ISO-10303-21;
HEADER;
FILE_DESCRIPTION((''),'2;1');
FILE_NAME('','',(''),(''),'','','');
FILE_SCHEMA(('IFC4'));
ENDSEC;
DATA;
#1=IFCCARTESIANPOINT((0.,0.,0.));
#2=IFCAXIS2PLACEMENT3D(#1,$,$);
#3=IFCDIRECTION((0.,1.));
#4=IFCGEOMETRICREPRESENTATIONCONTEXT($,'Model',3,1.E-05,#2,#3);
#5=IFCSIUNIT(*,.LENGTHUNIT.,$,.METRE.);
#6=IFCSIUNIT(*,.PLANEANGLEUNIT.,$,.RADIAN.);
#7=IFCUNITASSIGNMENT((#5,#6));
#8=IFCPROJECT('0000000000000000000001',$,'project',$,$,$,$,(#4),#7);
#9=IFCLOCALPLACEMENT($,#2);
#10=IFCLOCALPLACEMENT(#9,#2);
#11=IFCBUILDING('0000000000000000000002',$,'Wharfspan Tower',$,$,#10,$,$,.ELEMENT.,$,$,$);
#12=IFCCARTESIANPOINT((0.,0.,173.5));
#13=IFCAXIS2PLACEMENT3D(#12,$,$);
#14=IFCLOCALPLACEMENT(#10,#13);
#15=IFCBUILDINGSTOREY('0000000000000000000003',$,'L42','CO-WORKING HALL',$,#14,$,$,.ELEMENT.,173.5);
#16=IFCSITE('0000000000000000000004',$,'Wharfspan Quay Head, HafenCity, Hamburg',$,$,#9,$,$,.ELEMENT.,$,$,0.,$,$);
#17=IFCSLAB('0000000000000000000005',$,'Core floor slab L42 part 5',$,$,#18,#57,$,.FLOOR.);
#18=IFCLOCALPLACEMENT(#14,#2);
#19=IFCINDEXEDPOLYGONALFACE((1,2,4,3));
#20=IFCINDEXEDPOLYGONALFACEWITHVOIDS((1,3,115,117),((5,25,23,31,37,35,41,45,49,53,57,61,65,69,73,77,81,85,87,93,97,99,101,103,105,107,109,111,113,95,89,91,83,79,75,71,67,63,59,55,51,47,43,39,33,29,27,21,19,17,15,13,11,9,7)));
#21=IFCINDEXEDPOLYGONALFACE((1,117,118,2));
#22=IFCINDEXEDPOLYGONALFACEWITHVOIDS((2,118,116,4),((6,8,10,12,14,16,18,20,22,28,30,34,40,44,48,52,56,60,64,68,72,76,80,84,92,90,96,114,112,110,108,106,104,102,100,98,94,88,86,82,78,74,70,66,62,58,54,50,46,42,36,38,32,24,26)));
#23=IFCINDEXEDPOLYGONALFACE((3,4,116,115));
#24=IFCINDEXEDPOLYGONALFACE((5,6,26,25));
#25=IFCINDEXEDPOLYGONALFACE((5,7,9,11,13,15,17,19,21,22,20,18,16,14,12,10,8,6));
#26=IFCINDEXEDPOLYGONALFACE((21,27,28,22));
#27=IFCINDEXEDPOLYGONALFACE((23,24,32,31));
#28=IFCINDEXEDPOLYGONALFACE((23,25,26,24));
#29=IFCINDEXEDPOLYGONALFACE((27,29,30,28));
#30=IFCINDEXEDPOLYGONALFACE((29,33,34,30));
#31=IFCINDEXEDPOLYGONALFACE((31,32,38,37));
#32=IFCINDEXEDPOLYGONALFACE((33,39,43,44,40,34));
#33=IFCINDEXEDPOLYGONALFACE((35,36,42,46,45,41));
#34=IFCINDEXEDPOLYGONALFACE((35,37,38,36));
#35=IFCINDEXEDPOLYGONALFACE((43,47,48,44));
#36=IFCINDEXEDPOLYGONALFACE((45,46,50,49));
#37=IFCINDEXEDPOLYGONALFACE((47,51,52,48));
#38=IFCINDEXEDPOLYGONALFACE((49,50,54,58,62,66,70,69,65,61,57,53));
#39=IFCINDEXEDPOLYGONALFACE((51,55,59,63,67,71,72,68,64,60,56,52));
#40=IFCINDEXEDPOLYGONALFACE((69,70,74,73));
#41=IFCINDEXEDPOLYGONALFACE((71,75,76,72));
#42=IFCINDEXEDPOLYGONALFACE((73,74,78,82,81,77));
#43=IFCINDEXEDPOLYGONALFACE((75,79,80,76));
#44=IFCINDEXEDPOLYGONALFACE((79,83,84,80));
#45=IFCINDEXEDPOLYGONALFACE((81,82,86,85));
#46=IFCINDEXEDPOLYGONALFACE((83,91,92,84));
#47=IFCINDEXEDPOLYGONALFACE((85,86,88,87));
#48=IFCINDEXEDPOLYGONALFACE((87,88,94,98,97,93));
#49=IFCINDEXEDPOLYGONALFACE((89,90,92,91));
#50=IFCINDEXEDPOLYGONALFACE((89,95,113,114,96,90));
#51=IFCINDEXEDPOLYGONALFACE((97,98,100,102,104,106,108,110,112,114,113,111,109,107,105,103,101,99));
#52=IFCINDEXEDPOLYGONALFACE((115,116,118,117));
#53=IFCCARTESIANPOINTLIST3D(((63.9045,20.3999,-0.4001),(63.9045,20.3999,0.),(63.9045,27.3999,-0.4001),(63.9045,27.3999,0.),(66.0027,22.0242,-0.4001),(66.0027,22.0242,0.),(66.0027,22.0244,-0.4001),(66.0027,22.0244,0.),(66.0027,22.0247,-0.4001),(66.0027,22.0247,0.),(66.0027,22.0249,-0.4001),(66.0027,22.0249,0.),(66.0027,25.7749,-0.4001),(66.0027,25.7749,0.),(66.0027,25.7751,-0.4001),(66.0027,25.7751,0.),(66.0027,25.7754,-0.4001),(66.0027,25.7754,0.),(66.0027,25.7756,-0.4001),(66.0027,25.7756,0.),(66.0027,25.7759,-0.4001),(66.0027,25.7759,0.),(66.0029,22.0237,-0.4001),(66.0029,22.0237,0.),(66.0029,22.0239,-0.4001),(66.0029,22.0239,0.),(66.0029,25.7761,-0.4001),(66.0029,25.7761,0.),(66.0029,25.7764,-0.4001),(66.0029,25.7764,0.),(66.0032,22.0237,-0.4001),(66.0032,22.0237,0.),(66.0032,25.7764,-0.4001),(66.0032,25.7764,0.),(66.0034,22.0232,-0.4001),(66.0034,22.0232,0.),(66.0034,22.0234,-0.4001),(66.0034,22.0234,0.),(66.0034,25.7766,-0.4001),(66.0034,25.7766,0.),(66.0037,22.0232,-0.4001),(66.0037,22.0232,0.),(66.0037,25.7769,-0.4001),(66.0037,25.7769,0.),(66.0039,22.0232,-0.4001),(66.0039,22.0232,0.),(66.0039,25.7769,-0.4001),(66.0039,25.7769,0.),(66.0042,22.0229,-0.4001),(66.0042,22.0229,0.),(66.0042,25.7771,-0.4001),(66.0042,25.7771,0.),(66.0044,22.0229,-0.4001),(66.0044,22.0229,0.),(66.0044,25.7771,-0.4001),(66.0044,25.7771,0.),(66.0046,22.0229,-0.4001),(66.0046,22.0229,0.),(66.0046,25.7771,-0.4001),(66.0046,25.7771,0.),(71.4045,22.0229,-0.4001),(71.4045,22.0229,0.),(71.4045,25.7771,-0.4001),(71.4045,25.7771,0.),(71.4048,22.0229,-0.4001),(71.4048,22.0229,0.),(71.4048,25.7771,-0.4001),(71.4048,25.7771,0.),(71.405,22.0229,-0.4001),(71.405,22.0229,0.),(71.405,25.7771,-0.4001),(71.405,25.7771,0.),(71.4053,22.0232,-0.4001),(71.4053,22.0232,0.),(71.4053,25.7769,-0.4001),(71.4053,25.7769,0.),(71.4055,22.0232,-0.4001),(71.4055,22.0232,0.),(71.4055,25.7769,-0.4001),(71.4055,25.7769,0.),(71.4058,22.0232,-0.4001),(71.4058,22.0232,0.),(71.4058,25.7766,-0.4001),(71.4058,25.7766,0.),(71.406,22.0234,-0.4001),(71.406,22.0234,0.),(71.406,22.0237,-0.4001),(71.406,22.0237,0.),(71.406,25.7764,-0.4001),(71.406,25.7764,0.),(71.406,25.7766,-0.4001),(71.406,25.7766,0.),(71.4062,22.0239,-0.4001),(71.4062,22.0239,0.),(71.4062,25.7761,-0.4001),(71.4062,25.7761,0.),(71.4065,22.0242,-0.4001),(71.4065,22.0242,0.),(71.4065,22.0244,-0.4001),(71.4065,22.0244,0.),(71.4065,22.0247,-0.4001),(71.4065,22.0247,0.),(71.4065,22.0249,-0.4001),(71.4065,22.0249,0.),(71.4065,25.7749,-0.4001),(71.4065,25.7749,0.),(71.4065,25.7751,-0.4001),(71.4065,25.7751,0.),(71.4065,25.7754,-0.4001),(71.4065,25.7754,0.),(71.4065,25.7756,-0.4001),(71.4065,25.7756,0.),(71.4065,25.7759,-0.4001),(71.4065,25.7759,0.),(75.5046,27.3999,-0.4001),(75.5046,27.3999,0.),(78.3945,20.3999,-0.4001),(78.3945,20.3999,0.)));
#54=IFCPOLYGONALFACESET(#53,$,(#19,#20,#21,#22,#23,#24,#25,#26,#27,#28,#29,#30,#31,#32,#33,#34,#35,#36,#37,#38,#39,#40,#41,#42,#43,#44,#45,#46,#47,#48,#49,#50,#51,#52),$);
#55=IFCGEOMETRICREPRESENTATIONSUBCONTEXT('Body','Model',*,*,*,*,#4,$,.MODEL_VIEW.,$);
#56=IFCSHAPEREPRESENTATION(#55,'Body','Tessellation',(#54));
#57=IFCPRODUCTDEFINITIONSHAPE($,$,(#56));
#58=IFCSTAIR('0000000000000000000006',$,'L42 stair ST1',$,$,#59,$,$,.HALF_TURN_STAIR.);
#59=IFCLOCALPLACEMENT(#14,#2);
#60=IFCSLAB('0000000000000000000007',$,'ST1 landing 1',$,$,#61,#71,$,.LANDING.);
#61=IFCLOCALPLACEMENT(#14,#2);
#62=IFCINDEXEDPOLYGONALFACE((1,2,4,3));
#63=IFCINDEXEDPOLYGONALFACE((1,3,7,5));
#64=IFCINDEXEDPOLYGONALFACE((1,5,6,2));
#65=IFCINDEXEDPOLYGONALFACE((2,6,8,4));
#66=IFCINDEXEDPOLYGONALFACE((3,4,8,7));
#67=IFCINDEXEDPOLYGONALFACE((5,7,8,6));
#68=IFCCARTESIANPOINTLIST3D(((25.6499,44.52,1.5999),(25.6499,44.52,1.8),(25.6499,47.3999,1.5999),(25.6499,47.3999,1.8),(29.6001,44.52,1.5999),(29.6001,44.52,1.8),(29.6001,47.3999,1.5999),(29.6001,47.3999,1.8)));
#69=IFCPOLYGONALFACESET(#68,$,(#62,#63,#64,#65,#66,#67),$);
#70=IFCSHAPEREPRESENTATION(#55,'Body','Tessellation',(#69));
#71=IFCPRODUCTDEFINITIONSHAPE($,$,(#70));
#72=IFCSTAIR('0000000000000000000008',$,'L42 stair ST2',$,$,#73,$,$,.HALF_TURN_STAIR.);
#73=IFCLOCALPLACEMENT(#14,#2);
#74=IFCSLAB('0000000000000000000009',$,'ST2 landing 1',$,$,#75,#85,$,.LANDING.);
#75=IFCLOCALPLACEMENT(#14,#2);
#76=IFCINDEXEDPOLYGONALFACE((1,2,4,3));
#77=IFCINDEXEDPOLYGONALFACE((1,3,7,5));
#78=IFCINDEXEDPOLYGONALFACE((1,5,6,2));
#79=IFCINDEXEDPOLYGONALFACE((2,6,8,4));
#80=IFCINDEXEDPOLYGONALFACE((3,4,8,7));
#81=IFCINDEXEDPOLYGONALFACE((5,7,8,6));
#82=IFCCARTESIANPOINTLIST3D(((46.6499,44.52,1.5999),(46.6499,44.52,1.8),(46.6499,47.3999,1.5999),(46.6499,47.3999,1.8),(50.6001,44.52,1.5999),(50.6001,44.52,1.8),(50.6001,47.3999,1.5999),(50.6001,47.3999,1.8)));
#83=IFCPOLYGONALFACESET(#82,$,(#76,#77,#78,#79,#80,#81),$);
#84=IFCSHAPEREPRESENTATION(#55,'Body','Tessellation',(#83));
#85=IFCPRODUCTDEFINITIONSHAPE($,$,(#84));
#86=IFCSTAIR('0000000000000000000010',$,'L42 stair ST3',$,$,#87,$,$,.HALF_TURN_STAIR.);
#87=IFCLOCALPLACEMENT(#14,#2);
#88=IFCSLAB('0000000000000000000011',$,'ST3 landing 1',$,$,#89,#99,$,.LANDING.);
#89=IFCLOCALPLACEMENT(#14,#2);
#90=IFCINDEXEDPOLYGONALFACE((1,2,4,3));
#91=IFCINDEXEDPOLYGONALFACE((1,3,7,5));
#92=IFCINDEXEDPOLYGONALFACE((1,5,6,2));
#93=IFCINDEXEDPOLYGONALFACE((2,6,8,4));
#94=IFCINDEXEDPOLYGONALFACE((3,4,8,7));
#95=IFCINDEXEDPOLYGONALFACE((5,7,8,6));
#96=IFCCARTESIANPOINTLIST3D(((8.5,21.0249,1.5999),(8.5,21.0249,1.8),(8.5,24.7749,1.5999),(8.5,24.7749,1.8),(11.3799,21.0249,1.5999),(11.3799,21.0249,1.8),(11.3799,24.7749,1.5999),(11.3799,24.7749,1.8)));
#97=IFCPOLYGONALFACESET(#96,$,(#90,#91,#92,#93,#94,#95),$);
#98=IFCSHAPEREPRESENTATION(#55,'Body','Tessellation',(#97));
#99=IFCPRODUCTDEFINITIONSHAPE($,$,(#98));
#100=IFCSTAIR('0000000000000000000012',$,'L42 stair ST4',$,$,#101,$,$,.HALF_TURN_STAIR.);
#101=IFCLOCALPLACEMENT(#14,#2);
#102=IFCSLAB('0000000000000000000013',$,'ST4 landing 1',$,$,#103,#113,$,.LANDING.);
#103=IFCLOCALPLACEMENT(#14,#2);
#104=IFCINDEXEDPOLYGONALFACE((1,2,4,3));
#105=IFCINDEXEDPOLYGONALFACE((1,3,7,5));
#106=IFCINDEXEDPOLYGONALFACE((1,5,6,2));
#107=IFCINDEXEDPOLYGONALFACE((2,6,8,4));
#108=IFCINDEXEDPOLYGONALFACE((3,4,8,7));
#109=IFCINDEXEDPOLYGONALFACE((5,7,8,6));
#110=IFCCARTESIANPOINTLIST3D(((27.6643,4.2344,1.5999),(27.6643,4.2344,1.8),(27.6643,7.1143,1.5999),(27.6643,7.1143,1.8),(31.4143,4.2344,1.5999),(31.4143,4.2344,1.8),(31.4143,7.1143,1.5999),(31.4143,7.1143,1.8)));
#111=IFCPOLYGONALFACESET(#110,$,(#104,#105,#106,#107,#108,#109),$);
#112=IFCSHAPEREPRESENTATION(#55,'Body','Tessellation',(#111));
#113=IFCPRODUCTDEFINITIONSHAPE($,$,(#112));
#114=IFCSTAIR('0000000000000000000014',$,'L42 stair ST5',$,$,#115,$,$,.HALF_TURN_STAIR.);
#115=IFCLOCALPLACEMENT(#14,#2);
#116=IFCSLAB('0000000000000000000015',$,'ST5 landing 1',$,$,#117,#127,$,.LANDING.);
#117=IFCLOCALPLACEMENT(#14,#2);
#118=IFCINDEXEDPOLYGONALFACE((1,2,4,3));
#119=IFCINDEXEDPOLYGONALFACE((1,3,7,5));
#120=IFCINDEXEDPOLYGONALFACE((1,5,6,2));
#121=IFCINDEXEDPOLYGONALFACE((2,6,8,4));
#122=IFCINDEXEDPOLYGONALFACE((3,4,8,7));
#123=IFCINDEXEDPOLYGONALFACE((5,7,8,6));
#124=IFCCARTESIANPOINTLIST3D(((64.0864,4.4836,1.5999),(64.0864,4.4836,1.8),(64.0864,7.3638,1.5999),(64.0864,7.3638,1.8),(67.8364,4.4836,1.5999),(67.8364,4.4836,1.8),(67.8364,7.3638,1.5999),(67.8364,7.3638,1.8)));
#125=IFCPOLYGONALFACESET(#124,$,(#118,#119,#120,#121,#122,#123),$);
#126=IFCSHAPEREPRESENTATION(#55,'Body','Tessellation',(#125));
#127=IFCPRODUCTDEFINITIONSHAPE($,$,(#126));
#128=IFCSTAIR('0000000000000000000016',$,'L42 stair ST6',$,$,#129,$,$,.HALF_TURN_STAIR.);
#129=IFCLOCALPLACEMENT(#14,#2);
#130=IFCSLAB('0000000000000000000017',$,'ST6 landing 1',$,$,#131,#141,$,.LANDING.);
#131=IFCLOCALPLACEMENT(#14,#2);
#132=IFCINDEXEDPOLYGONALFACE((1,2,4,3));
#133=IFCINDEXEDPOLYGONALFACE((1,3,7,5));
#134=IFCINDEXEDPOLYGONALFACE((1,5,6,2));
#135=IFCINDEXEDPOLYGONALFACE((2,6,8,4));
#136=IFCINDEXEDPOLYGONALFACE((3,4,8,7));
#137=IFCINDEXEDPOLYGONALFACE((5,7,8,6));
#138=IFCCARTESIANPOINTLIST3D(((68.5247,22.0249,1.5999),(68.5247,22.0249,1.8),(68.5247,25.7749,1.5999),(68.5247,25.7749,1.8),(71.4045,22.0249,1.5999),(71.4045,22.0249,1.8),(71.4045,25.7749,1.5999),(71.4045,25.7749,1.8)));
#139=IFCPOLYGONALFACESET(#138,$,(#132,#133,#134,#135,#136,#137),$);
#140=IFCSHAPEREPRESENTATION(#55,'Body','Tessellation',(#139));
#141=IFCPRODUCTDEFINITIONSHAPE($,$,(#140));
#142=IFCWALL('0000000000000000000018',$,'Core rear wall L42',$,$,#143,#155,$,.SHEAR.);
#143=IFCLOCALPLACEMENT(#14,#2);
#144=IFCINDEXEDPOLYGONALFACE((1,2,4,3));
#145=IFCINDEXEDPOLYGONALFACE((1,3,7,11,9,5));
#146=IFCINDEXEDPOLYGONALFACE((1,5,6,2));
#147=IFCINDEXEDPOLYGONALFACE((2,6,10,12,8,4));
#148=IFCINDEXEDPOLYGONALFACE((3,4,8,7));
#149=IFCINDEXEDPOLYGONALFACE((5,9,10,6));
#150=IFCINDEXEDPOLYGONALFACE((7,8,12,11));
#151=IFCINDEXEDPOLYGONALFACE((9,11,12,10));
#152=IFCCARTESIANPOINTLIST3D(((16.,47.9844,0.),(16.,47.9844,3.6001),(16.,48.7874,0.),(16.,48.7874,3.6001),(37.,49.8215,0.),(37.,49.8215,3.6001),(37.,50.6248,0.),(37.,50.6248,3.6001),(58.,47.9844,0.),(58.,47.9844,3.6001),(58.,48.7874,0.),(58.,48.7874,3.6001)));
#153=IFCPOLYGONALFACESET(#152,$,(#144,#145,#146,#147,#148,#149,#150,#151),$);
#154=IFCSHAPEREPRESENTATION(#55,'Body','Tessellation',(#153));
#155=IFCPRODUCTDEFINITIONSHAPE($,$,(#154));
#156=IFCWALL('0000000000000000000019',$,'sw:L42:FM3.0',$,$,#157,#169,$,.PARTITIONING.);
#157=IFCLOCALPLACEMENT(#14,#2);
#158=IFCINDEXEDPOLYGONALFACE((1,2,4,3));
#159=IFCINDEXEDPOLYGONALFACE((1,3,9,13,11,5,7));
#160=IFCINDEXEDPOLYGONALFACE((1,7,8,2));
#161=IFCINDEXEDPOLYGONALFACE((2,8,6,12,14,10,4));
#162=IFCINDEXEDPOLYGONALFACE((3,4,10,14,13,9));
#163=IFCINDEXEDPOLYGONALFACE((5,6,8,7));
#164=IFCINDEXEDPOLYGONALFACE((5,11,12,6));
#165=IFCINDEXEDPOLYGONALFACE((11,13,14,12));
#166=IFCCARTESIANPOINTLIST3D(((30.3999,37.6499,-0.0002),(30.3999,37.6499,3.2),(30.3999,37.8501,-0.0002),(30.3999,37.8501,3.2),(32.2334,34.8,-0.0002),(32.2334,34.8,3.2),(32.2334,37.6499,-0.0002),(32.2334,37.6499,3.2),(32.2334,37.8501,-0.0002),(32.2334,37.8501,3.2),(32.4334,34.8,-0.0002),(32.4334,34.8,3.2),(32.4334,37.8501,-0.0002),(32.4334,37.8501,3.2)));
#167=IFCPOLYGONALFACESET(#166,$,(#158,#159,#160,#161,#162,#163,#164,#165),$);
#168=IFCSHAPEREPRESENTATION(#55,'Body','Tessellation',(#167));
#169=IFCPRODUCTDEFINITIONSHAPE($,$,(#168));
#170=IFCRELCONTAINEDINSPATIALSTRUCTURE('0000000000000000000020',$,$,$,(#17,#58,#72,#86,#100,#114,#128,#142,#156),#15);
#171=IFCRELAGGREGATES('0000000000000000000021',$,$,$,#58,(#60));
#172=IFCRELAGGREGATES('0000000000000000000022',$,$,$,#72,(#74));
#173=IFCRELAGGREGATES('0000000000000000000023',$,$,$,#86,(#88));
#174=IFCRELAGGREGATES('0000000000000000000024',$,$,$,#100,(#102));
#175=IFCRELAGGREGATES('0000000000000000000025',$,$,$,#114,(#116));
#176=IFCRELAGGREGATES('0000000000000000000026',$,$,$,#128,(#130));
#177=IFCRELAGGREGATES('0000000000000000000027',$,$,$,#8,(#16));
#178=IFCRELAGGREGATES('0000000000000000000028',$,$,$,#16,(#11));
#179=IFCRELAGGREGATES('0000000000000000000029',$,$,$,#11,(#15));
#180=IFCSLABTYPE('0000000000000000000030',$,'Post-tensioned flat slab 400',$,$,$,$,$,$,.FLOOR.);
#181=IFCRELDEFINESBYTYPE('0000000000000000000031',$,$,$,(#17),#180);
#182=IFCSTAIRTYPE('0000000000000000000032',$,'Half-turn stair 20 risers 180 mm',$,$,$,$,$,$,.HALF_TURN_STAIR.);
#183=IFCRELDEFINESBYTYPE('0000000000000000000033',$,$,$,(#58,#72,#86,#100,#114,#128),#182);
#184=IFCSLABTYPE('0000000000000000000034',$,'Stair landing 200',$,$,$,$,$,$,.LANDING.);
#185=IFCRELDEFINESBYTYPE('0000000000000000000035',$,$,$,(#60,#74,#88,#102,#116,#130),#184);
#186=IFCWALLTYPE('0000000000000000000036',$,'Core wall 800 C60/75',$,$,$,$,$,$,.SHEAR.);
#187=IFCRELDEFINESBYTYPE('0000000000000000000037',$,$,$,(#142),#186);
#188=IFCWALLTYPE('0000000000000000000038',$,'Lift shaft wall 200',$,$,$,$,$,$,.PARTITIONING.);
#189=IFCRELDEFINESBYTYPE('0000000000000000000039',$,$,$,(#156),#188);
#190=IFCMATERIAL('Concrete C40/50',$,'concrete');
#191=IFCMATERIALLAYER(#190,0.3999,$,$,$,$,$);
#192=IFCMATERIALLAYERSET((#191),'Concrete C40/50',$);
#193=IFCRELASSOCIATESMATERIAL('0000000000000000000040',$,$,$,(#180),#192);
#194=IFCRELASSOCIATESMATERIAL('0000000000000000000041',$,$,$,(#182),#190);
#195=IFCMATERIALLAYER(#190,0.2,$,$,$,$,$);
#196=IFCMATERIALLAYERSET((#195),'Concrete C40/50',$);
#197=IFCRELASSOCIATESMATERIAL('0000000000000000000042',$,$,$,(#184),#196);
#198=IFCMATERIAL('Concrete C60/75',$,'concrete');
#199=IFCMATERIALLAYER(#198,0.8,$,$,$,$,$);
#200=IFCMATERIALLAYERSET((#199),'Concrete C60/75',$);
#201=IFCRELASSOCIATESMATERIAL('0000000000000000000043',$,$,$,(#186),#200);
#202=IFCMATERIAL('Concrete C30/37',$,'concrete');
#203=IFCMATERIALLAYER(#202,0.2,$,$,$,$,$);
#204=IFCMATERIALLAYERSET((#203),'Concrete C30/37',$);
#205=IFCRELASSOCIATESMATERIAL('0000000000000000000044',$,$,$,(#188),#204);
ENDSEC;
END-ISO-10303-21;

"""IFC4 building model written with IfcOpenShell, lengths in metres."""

from ifc_helpers import new_model, si_unit, direction, frame, origin, place, context, subcontext, project, spatial, polyline, outline, extrude, material, layer, layer_set, type_object, element, aggregate, save


model = new_model("IFC4")

# Units and contexts
model_context = context("Model", 3, precision=1e-05, world=origin(), true_north=direction((0.0, 1.0)))
body_context = subcontext(model_context, "Body", "Model", "MODEL_VIEW")
ifc_project = project(units=[si_unit("LENGTHUNIT", "METRE"), si_unit("PLANEANGLEUNIT", "RADIAN")], contexts=[model_context])

# Site, building, storey
site_placement = place(None, origin())
site = spatial("IfcSite", under=ifc_project, at=site_placement, Name="Wharfspan Quay Head, HafenCity, Hamburg", CompositionType="ELEMENT", RefElevation=0.0)
building_placement = place(site_placement, origin())
building = spatial("IfcBuilding", under=site, at=building_placement, Name="Wharfspan Tower", CompositionType="ELEMENT")
storey_placement = place(building_placement, frame((0.0, 0.0, 173.5)))
storey = spatial("IfcBuildingStorey", under=building, at=storey_placement, Name="L42", Description="CO-WORKING HALL", CompositionType="ELEMENT", Elevation=173.5)

# Slab
ifc_material_1 = material(Name="Concrete C40/50", Category="concrete")
ifc_layer_1 = layer(ifc_material_1, 0.3999)
ifc_layer_set_1 = layer_set([ifc_layer_1], Name="Concrete C40/50")
slab_type_1 = type_object("IfcSlabType", Name="Post-tensioned flat slab 400", PredefinedType="FLOOR", material=ifc_layer_set_1)
slab_1_placement = place(storey_placement, frame((0.0, 0.0, -0.4001)))
element("IfcSlab", 1, at=slab_1_placement, inside=storey, type_object=slab_type_1, Name="Core floor slab L42 part 5", PredefinedType="FLOOR", context=body_context, shape_type="SweptSolid", body=[
    extrude(outline(polyline([(78.3945, 20.3999), (75.5046, 27.3999), (63.9045, 27.3999), (63.9045, 20.3999), (78.3945, 20.3999)]), holes=[polyline([(66.0046, 22.0229), (66.0044, 22.0229), (66.0041, 22.0229), (66.0039, 22.0232), (66.0039, 22.0232), (66.0037, 22.0232), (66.0034, 22.0232), (66.0034, 22.0234), (66.0032, 22.0237), (66.0029, 22.0237), (66.0029, 22.0239), (66.0027, 22.0242), (66.0027, 22.0242), (66.0027, 22.0244), (66.0027, 22.0247), (66.0027, 22.0249), (66.0027, 22.0249), (66.0027, 25.7749), (66.0027, 25.7751), (66.0027, 25.7754), (66.0027, 25.7756), (66.0027, 25.7759), (66.0027, 25.7759), (66.0029, 25.7761), (66.0029, 25.7764), (66.0032, 25.7764), (66.0034, 25.7766), (66.0034, 25.7766), (66.0037, 25.7769), (66.0039, 25.7769), (66.0039, 25.7769), (66.0041, 25.7771), (66.0044, 25.7771), (66.0046, 25.7771), (71.4045, 25.7771), (71.4048, 25.7771), (71.405, 25.7771), (71.4053, 25.7769), (71.4055, 25.7769), (71.4055, 25.7769), (71.4058, 25.7766), (71.406, 25.7766), (71.406, 25.7764), (71.406, 25.7764), (71.4062, 25.7761), (71.4065, 25.7759), (71.4065, 25.7759), (71.4065, 25.7756), (71.4065, 25.7754), (71.4065, 25.7751), (71.4065, 25.7749), (71.4065, 22.0249), (71.4065, 22.0249), (71.4065, 22.0247), (71.4065, 22.0244), (71.4065, 22.0242), (71.4065, 22.0242), (71.4062, 22.0239), (71.406, 22.0237), (71.406, 22.0237), (71.406, 22.0234), (71.4058, 22.0232), (71.4055, 22.0232), (71.4055, 22.0232), (71.4053, 22.0232), (71.405, 22.0229), (71.4048, 22.0229), (71.4045, 22.0229), (66.0046, 22.0229)])]), origin(), (0.0, 0.0, 1.0), 0.4001),
])

# Stairs, slabs
stair_type = type_object("IfcStairType", Name="Half-turn stair 20 risers 180 mm", PredefinedType="HALF_TURN_STAIR", material=ifc_material_1)
stair_1_placement = place(storey_placement, origin())
stair_1 = element("IfcStair", 2, at=stair_1_placement, inside=storey, type_object=stair_type, Name="L42 stair ST1", PredefinedType="HALF_TURN_STAIR")
ifc_layer_2 = layer(ifc_material_1, 0.2)
ifc_layer_set_2 = layer_set([ifc_layer_2], Name="Concrete C40/50")
slab_type_2 = type_object("IfcSlabType", Name="Stair landing 200", PredefinedType="LANDING", material=ifc_layer_set_2)
slab_2_placement = place(storey_placement, frame((0.0, 0.0, 1.5999)))
slab_2 = element("IfcSlab", 3, at=slab_2_placement, type_object=slab_type_2, Name="ST1 landing 1", PredefinedType="LANDING", context=body_context, shape_type="SweptSolid", body=[
    extrude(outline(polyline([(25.6499, 44.52), (29.6001, 44.52), (29.6001, 47.3999), (25.6499, 47.3999), (25.6499, 44.52)])), origin(), (0.0, 0.0, 1.0), 0.2002),
])
aggregate(stair_1, [slab_2])
stair_2_placement = place(storey_placement, origin())
stair_2 = element("IfcStair", 4, at=stair_2_placement, inside=storey, type_object=stair_type, Name="L42 stair ST2", PredefinedType="HALF_TURN_STAIR")
slab_3_placement = place(storey_placement, frame((0.0, 0.0, 1.5999)))
slab_3 = element("IfcSlab", 5, at=slab_3_placement, type_object=slab_type_2, Name="ST2 landing 1", PredefinedType="LANDING", context=body_context, shape_type="SweptSolid", body=[
    extrude(outline(polyline([(46.6499, 44.52), (50.6001, 44.52), (50.6001, 47.3999), (46.6499, 47.3999), (46.6499, 44.52)])), origin(), (0.0, 0.0, 1.0), 0.2002),
])
aggregate(stair_2, [slab_3])
stair_3_placement = place(storey_placement, origin())
stair_3 = element("IfcStair", 6, at=stair_3_placement, inside=storey, type_object=stair_type, Name="L42 stair ST3", PredefinedType="HALF_TURN_STAIR")
slab_4_placement = place(storey_placement, frame((0.0, 0.0, 1.5999)))
slab_4 = element("IfcSlab", 7, at=slab_4_placement, type_object=slab_type_2, Name="ST3 landing 1", PredefinedType="LANDING", context=body_context, shape_type="SweptSolid", body=[
    extrude(outline(polyline([(11.3799, 24.7749), (8.5, 24.7749), (8.5, 21.0249), (11.3799, 21.0249), (11.3799, 24.7749)])), origin(), (0.0, 0.0, 1.0), 0.2002),
])
aggregate(stair_3, [slab_4])
stair_4_placement = place(storey_placement, origin())
stair_4 = element("IfcStair", 8, at=stair_4_placement, inside=storey, type_object=stair_type, Name="L42 stair ST4", PredefinedType="HALF_TURN_STAIR")
slab_5_placement = place(storey_placement, frame((0.0, 0.0, 1.5999)))
slab_5 = element("IfcSlab", 9, at=slab_5_placement, type_object=slab_type_2, Name="ST4 landing 1", PredefinedType="LANDING", context=body_context, shape_type="SweptSolid", body=[
    extrude(outline(polyline([(27.6643, 7.1143), (27.6643, 4.2344), (31.4143, 4.2344), (31.4143, 7.1143), (27.6643, 7.1143)])), origin(), (0.0, 0.0, 1.0), 0.2002),
])
aggregate(stair_4, [slab_5])
stair_5_placement = place(storey_placement, origin())
stair_5 = element("IfcStair", 10, at=stair_5_placement, inside=storey, type_object=stair_type, Name="L42 stair ST5", PredefinedType="HALF_TURN_STAIR")
slab_6_placement = place(storey_placement, frame((0.0, 0.0, 1.5999)))
slab_6 = element("IfcSlab", 11, at=slab_6_placement, type_object=slab_type_2, Name="ST5 landing 1", PredefinedType="LANDING", context=body_context, shape_type="SweptSolid", body=[
    extrude(outline(polyline([(64.0864, 7.3638), (64.0864, 4.4836), (67.8364, 4.4836), (67.8364, 7.3638), (64.0864, 7.3638)])), origin(), (0.0, 0.0, 1.0), 0.2002),
])
aggregate(stair_5, [slab_6])
stair_6_placement = place(storey_placement, origin())
stair_6 = element("IfcStair", 12, at=stair_6_placement, inside=storey, type_object=stair_type, Name="L42 stair ST6", PredefinedType="HALF_TURN_STAIR")
slab_7_placement = place(storey_placement, frame((0.0, 0.0, 1.5999)))
slab_7 = element("IfcSlab", 13, at=slab_7_placement, type_object=slab_type_2, Name="ST6 landing 1", PredefinedType="LANDING", context=body_context, shape_type="SweptSolid", body=[
    extrude(outline(polyline([(68.5247, 22.0249), (71.4045, 22.0249), (71.4045, 25.7749), (68.5247, 25.7749), (68.5247, 22.0249)])), origin(), (0.0, 0.0, 1.0), 0.2002),
])
aggregate(stair_6, [slab_7])

# Walls
ifc_material_2 = material(Name="Concrete C60/75", Category="concrete")
ifc_layer_3 = layer(ifc_material_2, 0.8)
ifc_layer_set_3 = layer_set([ifc_layer_3], Name="Concrete C60/75")
wall_type_1 = type_object("IfcWallType", Name="Core wall 800 C60/75", PredefinedType="SHEAR", material=ifc_layer_set_3)
wall_1_placement = place(storey_placement, origin())
element("IfcWall", 14, at=wall_1_placement, inside=storey, type_object=wall_type_1, Name="Core rear wall L42", PredefinedType="SHEAR", context=body_context, shape_type="SweptSolid", body=[
    extrude(outline(polyline([(16.0, 47.9844), (37.0, 49.8215), (58.0, 47.9844), (58.0, 48.7874), (37.0, 50.6248), (16.0, 48.7874), (16.0, 47.9844)])), origin(), (0.0, 0.0, 1.0), 3.6001),
])
ifc_material_3 = material(Name="Concrete C30/37", Category="concrete")
ifc_layer_4 = layer(ifc_material_3, 0.2)
ifc_layer_set_4 = layer_set([ifc_layer_4], Name="Concrete C30/37")
wall_type_2 = type_object("IfcWallType", Name="Lift shaft wall 200", PredefinedType="PARTITIONING", material=ifc_layer_set_4)
wall_2_placement = place(storey_placement, frame((0.0, 0.0, -0.0002)))
element("IfcWall", 15, at=wall_2_placement, inside=storey, type_object=wall_type_2, Name="sw:L42:FM3.0", PredefinedType="PARTITIONING", context=body_context, shape_type="SweptSolid", body=[
    extrude(outline(polyline([(32.2334, 37.6499), (30.3999, 37.6499), (30.3999, 37.8501), (32.2334, 37.8501), (32.4333, 37.8501), (32.4333, 34.8), (32.2334, 34.8), (32.2334, 37.6499)])), origin(), (0.0, 0.0, 1.0), 3.2002),
])

save(model, "model.ifc")
